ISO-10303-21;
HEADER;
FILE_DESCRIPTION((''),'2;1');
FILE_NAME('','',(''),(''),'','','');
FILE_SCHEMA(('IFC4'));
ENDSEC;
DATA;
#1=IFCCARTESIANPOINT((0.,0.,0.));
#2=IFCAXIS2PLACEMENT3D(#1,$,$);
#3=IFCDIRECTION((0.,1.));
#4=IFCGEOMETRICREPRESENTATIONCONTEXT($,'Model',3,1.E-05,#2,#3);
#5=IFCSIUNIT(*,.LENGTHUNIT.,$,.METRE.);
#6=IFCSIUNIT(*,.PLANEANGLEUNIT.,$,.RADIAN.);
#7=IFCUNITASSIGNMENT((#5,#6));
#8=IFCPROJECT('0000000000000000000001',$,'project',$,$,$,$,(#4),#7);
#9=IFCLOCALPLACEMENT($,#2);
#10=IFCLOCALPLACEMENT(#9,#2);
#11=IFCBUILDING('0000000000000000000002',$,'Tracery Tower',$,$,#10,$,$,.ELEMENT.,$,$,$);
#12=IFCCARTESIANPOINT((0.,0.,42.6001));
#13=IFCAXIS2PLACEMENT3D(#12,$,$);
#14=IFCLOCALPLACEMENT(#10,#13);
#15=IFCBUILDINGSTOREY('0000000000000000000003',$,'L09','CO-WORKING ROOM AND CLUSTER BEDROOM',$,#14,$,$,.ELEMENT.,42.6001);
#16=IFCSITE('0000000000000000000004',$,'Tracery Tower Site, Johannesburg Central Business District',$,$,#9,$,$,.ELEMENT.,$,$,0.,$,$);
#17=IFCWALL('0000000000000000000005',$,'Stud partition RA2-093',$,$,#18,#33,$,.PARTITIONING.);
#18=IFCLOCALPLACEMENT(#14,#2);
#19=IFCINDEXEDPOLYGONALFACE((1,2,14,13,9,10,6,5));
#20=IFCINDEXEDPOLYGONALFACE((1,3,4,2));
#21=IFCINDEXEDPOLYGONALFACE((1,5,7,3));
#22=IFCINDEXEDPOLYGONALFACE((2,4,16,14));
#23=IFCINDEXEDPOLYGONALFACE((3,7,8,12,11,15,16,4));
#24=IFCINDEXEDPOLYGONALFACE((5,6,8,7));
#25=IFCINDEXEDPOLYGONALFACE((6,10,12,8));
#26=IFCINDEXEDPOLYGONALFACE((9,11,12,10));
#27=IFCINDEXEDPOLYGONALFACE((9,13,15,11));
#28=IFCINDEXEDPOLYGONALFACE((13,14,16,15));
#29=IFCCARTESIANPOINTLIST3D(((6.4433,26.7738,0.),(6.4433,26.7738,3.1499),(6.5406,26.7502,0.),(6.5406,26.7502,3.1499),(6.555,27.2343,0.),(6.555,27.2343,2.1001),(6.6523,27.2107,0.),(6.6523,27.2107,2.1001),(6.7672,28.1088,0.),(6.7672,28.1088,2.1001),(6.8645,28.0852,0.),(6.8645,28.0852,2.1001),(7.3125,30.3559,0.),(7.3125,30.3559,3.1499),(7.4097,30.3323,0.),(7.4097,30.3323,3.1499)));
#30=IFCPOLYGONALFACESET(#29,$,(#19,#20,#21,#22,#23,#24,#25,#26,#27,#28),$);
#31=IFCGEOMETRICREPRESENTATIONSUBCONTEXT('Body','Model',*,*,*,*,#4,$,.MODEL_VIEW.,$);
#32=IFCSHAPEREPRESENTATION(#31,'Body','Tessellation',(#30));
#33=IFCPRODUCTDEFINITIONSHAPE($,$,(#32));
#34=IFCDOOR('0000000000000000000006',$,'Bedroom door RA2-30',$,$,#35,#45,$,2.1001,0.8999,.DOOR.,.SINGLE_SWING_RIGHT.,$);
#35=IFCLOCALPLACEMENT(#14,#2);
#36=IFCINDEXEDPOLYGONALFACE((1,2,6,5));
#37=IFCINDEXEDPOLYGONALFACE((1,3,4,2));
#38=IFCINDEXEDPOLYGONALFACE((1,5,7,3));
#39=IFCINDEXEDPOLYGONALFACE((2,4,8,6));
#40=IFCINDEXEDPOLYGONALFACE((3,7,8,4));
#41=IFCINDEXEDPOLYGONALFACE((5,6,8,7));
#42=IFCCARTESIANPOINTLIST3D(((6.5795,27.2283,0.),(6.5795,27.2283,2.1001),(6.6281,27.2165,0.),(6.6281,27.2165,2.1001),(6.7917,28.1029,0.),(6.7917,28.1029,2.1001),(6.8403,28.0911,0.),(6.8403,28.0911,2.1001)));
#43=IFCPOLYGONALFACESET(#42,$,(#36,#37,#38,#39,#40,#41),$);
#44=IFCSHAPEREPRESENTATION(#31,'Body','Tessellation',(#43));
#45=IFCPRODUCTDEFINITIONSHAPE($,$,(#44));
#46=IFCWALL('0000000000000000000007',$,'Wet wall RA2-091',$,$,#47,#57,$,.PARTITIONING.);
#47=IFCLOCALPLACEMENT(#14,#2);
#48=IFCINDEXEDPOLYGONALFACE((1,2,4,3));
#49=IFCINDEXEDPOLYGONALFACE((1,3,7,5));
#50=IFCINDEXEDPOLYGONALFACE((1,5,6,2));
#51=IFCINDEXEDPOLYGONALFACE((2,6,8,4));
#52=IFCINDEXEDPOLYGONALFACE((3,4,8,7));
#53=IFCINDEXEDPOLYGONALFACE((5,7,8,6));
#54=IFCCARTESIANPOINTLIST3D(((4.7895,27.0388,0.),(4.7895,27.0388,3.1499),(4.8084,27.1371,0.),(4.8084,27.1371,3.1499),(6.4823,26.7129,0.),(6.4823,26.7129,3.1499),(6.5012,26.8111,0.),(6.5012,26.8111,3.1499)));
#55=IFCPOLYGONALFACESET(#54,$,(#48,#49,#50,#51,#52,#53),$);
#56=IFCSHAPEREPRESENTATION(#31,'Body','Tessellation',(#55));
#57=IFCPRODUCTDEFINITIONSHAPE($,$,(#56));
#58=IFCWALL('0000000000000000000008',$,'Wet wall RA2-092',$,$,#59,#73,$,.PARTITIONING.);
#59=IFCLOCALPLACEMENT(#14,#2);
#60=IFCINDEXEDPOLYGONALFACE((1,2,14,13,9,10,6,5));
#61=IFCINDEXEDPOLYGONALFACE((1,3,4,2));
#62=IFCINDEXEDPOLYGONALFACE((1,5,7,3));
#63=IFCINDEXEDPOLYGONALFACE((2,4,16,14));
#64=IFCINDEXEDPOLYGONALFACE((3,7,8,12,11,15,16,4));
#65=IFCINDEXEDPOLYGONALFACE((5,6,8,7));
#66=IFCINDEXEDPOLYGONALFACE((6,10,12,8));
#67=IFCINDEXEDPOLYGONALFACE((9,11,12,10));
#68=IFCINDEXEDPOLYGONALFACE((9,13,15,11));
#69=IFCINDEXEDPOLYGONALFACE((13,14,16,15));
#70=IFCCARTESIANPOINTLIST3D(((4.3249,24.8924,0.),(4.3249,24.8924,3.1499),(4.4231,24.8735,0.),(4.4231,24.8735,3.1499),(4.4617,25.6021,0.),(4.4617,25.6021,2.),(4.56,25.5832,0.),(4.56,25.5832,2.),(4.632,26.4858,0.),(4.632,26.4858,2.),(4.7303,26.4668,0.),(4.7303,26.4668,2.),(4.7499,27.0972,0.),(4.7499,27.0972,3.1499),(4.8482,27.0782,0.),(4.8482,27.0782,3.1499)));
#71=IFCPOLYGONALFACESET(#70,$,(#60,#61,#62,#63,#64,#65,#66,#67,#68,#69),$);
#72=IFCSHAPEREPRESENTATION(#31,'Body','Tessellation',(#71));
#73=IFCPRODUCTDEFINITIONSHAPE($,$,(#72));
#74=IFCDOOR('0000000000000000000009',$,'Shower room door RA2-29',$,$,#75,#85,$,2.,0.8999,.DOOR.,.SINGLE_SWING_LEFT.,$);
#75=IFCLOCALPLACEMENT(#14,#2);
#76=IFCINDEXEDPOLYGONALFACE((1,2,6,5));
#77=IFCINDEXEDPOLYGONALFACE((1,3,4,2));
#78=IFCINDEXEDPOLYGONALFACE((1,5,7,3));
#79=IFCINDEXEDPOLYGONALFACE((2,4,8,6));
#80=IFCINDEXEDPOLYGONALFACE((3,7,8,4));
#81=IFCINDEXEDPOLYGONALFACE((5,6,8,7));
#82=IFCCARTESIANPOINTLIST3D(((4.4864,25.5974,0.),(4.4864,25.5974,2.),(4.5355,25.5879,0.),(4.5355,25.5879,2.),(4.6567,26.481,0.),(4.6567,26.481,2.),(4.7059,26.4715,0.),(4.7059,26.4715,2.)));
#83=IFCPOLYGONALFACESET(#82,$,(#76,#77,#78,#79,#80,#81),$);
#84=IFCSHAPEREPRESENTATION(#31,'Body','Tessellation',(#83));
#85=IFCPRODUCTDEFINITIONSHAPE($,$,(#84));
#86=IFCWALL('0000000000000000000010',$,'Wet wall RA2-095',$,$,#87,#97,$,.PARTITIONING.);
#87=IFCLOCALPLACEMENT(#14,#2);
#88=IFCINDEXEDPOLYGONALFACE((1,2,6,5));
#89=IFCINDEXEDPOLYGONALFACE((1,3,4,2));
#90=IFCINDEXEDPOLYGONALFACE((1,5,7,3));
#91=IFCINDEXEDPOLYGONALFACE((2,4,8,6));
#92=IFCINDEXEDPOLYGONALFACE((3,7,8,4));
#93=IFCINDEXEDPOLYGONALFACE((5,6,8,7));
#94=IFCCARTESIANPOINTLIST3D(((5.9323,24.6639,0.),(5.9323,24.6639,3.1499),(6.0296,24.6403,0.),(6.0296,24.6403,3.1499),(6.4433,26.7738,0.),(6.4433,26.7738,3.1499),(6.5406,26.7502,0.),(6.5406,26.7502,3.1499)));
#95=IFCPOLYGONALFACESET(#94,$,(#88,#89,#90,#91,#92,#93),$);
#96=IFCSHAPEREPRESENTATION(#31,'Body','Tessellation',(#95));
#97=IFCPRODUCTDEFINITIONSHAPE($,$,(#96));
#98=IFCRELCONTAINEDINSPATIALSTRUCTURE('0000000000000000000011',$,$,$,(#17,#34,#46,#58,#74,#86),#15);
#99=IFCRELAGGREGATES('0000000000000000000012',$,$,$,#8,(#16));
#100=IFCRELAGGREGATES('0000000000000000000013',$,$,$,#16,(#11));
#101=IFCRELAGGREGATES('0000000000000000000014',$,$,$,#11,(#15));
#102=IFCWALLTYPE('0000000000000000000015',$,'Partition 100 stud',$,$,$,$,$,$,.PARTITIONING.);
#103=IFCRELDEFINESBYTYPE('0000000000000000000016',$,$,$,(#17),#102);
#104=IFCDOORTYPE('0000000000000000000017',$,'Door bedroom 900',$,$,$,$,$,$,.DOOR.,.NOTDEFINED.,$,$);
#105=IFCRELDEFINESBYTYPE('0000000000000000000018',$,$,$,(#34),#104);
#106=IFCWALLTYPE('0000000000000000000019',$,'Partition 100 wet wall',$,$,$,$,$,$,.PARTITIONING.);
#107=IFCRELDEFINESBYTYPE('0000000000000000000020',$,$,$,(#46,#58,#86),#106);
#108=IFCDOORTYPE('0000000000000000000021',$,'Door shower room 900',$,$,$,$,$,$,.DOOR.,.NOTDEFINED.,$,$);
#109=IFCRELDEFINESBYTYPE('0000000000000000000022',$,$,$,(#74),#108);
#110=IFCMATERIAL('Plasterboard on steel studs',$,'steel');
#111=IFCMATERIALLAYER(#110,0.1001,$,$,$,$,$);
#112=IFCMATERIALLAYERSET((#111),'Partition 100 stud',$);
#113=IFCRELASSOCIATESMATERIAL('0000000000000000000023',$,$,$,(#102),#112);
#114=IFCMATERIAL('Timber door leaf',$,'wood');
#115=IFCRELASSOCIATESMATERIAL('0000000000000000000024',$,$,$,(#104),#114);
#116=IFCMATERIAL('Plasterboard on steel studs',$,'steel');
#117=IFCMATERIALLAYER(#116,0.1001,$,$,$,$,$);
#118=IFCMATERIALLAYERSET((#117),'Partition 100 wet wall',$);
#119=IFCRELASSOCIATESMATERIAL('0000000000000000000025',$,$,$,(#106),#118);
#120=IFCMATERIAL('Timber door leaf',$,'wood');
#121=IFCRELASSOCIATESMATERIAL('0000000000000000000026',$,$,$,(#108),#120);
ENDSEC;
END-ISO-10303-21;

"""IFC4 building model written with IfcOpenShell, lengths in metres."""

from ifc_helpers import new_model, si_unit, direction, frame, frame_2d, origin, place, context, subcontext, project, spatial, rectangle, extrude, material, layer, layer_set, type_object, element, fill, save


model = new_model("IFC4")

# Units and contexts
model_context = context("Model", 3, precision=1e-05, world=origin(), true_north=direction((0.0, 1.0)))
body_context = subcontext(model_context, "Body", "Model", "MODEL_VIEW")
ifc_project = project(units=[si_unit("LENGTHUNIT", "METRE"), si_unit("PLANEANGLEUNIT", "RADIAN")], contexts=[model_context])

# Site, building, storey
site_placement = place(None, origin())
site = spatial("IfcSite", under=ifc_project, at=site_placement, Name="Tracery Tower Site, Johannesburg Central Business District", CompositionType="ELEMENT", RefElevation=0.0)
building_placement = place(site_placement, origin())
building = spatial("IfcBuilding", under=site, at=building_placement, Name="Tracery Tower", CompositionType="ELEMENT")
storey_placement = place(building_placement, frame((0.0, 0.0, 42.6001)))
storey = spatial("IfcBuildingStorey", under=building, at=storey_placement, Name="L09", Description="CO-WORKING ROOM AND CLUSTER BEDROOM", CompositionType="ELEMENT", Elevation=42.6001)

# Wall, opening, door
ifc_material_1 = material(Name="Plasterboard on steel studs", Category="steel")
ifc_layer_1 = layer(ifc_material_1, 0.1001)
ifc_layer_set_1 = layer_set([ifc_layer_1], Name="Partition 100 stud")
wall_type_1 = type_object("IfcWallType", Name="Partition 100 stud", PredefinedType="PARTITIONING", material=ifc_layer_set_1)
wall_1_placement = place(storey_placement, frame((6.4919, 26.762, 0.0), z_axis=(0.0, 0.0, 1.0), x_axis=(0.235797, 0.971802, 0.0)))
wall_1 = element("IfcWall", 1, at=wall_1_placement, inside=storey, type_object=wall_type_1, Name="Stud partition RA2-093", PredefinedType="PARTITIONING", context=body_context, shape_type="SweptSolid", body=[
    extrude(rectangle(XDim=3.686, YDim=0.1001, at=frame_2d((1.843, 0.0))), origin(), (0.0, 0.0, 1.0), 3.1499),
])
opening_1_placement = place(wall_1_placement, frame((0.4739, 0.0, 0.0)))
opening_1 = element("IfcOpeningElement", 2, at=opening_1_placement, cuts=wall_1, PredefinedType="OPENING", context=body_context, shape_type="SweptSolid", body=[
    extrude(rectangle(XDim=0.8999, YDim=2.1001, at=frame_2d((0.45, 1.05))), frame((0.0, 0.05, 0.0), z_axis=(0.0, -1.0, 0.0), x_axis=(1.0, 0.0, 0.0)), (0.0, 0.0, 1.0), 0.1001),
])
ifc_material_2 = material(Name="Timber door leaf", Category="wood")
door_type_1 = type_object("IfcDoorType", Name="Door bedroom 900", OperationType="NOTDEFINED", PredefinedType="DOOR", material=ifc_material_2)
door_1_placement = place(opening_1_placement, origin())
door_1 = element("IfcDoor", 3, at=door_1_placement, inside=storey, type_object=door_type_1, Name="Bedroom door RA2-30", OperationType="SINGLE_SWING_RIGHT", OverallHeight=2.1001, OverallWidth=0.8999, PredefinedType="DOOR", context=body_context, shape_type="SweptSolid", body=[
    extrude(rectangle(XDim=0.8999, YDim=2.1001, at=frame_2d((0.45, 1.05))), frame((0.0, 0.0249, 0.0), z_axis=(0.0, -1.0, 0.0), x_axis=(1.0, 0.0, 0.0)), (0.0, 0.0, 1.0), 0.05),
])
fill(opening_1, door_1)

# Wall
ifc_material_3 = material(Name="Plasterboard on steel studs", Category="steel")
ifc_layer_2 = layer(ifc_material_3, 0.1001)
ifc_layer_set_2 = layer_set([ifc_layer_2], Name="Partition 100 wet wall")
wall_type_2 = type_object("IfcWallType", Name="Partition 100 wet wall", PredefinedType="PARTITIONING", material=ifc_layer_set_2)
wall_2_placement = place(storey_placement, frame((4.7991, 27.0879, 0.0), z_axis=(0.0, 0.0, 1.0), x_axis=(0.981966, -0.189057, 0.0)))
element("IfcWall", 4, at=wall_2_placement, inside=storey, type_object=wall_type_2, Name="Wet wall RA2-091", PredefinedType="PARTITIONING", context=body_context, shape_type="SweptSolid", body=[
    extrude(rectangle(XDim=1.7239, YDim=0.1001, at=frame_2d((0.8618, 0.0))), origin(), (0.0, 0.0, 1.0), 3.1499),
])

# Wall, opening, door
wall_3_placement = place(storey_placement, frame((4.374, 24.8831, 0.0), z_axis=(0.0, 0.0, 1.0), x_axis=(0.189295, 0.98192, 0.0)))
wall_3 = element("IfcWall", 5, at=wall_3_placement, inside=storey, type_object=wall_type_2, Name="Wet wall RA2-092", PredefinedType="PARTITIONING", context=body_context, shape_type="SweptSolid", body=[
    extrude(rectangle(XDim=2.2454, YDim=0.1001, at=frame_2d((1.1226, 0.0))), origin(), (0.0, 0.0, 1.0), 3.1499),
])
opening_2_placement = place(wall_3_placement, frame((0.7227, 0.0, 0.0)))
opening_2 = element("IfcOpeningElement", 6, at=opening_2_placement, cuts=wall_3, PredefinedType="OPENING", context=body_context, shape_type="SweptSolid", body=[
    extrude(rectangle(XDim=0.8999, YDim=2.0, at=frame_2d((0.45, 1.0))), frame((0.0, 0.05, 0.0), z_axis=(0.0, -1.0, 0.0), x_axis=(1.0, 0.0, 0.0)), (0.0, 0.0, 1.0), 0.1001),
])
ifc_material_4 = material(Name="Timber door leaf", Category="wood")
door_type_2 = type_object("IfcDoorType", Name="Door shower room 900", OperationType="NOTDEFINED", PredefinedType="DOOR", material=ifc_material_4)
door_2_placement = place(opening_2_placement, origin())
door_2 = element("IfcDoor", 7, at=door_2_placement, inside=storey, type_object=door_type_2, Name="Shower room door RA2-29", OperationType="SINGLE_SWING_LEFT", OverallHeight=2.0, OverallWidth=0.8999, PredefinedType="DOOR", context=body_context, shape_type="SweptSolid", body=[
    extrude(rectangle(XDim=0.8999, YDim=2.0, at=frame_2d((0.45, 1.0))), frame((0.0, 0.0249, 0.0), z_axis=(0.0, -1.0, 0.0), x_axis=(1.0, 0.0, 0.0)), (0.0, 0.0, 1.0), 0.05),
])
fill(opening_2, door_2)

# Wall
wall_4_placement = place(storey_placement, frame((5.981, 24.6521, 0.0), z_axis=(0.0, 0.0, 1.0), x_axis=(0.235384, 0.971902, 0.0)))
element("IfcWall", 8, at=wall_4_placement, inside=storey, type_object=wall_type_2, Name="Wet wall RA2-095", PredefinedType="PARTITIONING", context=body_context, shape_type="SweptSolid", body=[
    extrude(rectangle(XDim=2.1709, YDim=0.1001, at=frame_2d((1.0854, 0.0))), origin(), (0.0, 0.0, 1.0), 3.1499),
])

save(model, "model.ifc")
